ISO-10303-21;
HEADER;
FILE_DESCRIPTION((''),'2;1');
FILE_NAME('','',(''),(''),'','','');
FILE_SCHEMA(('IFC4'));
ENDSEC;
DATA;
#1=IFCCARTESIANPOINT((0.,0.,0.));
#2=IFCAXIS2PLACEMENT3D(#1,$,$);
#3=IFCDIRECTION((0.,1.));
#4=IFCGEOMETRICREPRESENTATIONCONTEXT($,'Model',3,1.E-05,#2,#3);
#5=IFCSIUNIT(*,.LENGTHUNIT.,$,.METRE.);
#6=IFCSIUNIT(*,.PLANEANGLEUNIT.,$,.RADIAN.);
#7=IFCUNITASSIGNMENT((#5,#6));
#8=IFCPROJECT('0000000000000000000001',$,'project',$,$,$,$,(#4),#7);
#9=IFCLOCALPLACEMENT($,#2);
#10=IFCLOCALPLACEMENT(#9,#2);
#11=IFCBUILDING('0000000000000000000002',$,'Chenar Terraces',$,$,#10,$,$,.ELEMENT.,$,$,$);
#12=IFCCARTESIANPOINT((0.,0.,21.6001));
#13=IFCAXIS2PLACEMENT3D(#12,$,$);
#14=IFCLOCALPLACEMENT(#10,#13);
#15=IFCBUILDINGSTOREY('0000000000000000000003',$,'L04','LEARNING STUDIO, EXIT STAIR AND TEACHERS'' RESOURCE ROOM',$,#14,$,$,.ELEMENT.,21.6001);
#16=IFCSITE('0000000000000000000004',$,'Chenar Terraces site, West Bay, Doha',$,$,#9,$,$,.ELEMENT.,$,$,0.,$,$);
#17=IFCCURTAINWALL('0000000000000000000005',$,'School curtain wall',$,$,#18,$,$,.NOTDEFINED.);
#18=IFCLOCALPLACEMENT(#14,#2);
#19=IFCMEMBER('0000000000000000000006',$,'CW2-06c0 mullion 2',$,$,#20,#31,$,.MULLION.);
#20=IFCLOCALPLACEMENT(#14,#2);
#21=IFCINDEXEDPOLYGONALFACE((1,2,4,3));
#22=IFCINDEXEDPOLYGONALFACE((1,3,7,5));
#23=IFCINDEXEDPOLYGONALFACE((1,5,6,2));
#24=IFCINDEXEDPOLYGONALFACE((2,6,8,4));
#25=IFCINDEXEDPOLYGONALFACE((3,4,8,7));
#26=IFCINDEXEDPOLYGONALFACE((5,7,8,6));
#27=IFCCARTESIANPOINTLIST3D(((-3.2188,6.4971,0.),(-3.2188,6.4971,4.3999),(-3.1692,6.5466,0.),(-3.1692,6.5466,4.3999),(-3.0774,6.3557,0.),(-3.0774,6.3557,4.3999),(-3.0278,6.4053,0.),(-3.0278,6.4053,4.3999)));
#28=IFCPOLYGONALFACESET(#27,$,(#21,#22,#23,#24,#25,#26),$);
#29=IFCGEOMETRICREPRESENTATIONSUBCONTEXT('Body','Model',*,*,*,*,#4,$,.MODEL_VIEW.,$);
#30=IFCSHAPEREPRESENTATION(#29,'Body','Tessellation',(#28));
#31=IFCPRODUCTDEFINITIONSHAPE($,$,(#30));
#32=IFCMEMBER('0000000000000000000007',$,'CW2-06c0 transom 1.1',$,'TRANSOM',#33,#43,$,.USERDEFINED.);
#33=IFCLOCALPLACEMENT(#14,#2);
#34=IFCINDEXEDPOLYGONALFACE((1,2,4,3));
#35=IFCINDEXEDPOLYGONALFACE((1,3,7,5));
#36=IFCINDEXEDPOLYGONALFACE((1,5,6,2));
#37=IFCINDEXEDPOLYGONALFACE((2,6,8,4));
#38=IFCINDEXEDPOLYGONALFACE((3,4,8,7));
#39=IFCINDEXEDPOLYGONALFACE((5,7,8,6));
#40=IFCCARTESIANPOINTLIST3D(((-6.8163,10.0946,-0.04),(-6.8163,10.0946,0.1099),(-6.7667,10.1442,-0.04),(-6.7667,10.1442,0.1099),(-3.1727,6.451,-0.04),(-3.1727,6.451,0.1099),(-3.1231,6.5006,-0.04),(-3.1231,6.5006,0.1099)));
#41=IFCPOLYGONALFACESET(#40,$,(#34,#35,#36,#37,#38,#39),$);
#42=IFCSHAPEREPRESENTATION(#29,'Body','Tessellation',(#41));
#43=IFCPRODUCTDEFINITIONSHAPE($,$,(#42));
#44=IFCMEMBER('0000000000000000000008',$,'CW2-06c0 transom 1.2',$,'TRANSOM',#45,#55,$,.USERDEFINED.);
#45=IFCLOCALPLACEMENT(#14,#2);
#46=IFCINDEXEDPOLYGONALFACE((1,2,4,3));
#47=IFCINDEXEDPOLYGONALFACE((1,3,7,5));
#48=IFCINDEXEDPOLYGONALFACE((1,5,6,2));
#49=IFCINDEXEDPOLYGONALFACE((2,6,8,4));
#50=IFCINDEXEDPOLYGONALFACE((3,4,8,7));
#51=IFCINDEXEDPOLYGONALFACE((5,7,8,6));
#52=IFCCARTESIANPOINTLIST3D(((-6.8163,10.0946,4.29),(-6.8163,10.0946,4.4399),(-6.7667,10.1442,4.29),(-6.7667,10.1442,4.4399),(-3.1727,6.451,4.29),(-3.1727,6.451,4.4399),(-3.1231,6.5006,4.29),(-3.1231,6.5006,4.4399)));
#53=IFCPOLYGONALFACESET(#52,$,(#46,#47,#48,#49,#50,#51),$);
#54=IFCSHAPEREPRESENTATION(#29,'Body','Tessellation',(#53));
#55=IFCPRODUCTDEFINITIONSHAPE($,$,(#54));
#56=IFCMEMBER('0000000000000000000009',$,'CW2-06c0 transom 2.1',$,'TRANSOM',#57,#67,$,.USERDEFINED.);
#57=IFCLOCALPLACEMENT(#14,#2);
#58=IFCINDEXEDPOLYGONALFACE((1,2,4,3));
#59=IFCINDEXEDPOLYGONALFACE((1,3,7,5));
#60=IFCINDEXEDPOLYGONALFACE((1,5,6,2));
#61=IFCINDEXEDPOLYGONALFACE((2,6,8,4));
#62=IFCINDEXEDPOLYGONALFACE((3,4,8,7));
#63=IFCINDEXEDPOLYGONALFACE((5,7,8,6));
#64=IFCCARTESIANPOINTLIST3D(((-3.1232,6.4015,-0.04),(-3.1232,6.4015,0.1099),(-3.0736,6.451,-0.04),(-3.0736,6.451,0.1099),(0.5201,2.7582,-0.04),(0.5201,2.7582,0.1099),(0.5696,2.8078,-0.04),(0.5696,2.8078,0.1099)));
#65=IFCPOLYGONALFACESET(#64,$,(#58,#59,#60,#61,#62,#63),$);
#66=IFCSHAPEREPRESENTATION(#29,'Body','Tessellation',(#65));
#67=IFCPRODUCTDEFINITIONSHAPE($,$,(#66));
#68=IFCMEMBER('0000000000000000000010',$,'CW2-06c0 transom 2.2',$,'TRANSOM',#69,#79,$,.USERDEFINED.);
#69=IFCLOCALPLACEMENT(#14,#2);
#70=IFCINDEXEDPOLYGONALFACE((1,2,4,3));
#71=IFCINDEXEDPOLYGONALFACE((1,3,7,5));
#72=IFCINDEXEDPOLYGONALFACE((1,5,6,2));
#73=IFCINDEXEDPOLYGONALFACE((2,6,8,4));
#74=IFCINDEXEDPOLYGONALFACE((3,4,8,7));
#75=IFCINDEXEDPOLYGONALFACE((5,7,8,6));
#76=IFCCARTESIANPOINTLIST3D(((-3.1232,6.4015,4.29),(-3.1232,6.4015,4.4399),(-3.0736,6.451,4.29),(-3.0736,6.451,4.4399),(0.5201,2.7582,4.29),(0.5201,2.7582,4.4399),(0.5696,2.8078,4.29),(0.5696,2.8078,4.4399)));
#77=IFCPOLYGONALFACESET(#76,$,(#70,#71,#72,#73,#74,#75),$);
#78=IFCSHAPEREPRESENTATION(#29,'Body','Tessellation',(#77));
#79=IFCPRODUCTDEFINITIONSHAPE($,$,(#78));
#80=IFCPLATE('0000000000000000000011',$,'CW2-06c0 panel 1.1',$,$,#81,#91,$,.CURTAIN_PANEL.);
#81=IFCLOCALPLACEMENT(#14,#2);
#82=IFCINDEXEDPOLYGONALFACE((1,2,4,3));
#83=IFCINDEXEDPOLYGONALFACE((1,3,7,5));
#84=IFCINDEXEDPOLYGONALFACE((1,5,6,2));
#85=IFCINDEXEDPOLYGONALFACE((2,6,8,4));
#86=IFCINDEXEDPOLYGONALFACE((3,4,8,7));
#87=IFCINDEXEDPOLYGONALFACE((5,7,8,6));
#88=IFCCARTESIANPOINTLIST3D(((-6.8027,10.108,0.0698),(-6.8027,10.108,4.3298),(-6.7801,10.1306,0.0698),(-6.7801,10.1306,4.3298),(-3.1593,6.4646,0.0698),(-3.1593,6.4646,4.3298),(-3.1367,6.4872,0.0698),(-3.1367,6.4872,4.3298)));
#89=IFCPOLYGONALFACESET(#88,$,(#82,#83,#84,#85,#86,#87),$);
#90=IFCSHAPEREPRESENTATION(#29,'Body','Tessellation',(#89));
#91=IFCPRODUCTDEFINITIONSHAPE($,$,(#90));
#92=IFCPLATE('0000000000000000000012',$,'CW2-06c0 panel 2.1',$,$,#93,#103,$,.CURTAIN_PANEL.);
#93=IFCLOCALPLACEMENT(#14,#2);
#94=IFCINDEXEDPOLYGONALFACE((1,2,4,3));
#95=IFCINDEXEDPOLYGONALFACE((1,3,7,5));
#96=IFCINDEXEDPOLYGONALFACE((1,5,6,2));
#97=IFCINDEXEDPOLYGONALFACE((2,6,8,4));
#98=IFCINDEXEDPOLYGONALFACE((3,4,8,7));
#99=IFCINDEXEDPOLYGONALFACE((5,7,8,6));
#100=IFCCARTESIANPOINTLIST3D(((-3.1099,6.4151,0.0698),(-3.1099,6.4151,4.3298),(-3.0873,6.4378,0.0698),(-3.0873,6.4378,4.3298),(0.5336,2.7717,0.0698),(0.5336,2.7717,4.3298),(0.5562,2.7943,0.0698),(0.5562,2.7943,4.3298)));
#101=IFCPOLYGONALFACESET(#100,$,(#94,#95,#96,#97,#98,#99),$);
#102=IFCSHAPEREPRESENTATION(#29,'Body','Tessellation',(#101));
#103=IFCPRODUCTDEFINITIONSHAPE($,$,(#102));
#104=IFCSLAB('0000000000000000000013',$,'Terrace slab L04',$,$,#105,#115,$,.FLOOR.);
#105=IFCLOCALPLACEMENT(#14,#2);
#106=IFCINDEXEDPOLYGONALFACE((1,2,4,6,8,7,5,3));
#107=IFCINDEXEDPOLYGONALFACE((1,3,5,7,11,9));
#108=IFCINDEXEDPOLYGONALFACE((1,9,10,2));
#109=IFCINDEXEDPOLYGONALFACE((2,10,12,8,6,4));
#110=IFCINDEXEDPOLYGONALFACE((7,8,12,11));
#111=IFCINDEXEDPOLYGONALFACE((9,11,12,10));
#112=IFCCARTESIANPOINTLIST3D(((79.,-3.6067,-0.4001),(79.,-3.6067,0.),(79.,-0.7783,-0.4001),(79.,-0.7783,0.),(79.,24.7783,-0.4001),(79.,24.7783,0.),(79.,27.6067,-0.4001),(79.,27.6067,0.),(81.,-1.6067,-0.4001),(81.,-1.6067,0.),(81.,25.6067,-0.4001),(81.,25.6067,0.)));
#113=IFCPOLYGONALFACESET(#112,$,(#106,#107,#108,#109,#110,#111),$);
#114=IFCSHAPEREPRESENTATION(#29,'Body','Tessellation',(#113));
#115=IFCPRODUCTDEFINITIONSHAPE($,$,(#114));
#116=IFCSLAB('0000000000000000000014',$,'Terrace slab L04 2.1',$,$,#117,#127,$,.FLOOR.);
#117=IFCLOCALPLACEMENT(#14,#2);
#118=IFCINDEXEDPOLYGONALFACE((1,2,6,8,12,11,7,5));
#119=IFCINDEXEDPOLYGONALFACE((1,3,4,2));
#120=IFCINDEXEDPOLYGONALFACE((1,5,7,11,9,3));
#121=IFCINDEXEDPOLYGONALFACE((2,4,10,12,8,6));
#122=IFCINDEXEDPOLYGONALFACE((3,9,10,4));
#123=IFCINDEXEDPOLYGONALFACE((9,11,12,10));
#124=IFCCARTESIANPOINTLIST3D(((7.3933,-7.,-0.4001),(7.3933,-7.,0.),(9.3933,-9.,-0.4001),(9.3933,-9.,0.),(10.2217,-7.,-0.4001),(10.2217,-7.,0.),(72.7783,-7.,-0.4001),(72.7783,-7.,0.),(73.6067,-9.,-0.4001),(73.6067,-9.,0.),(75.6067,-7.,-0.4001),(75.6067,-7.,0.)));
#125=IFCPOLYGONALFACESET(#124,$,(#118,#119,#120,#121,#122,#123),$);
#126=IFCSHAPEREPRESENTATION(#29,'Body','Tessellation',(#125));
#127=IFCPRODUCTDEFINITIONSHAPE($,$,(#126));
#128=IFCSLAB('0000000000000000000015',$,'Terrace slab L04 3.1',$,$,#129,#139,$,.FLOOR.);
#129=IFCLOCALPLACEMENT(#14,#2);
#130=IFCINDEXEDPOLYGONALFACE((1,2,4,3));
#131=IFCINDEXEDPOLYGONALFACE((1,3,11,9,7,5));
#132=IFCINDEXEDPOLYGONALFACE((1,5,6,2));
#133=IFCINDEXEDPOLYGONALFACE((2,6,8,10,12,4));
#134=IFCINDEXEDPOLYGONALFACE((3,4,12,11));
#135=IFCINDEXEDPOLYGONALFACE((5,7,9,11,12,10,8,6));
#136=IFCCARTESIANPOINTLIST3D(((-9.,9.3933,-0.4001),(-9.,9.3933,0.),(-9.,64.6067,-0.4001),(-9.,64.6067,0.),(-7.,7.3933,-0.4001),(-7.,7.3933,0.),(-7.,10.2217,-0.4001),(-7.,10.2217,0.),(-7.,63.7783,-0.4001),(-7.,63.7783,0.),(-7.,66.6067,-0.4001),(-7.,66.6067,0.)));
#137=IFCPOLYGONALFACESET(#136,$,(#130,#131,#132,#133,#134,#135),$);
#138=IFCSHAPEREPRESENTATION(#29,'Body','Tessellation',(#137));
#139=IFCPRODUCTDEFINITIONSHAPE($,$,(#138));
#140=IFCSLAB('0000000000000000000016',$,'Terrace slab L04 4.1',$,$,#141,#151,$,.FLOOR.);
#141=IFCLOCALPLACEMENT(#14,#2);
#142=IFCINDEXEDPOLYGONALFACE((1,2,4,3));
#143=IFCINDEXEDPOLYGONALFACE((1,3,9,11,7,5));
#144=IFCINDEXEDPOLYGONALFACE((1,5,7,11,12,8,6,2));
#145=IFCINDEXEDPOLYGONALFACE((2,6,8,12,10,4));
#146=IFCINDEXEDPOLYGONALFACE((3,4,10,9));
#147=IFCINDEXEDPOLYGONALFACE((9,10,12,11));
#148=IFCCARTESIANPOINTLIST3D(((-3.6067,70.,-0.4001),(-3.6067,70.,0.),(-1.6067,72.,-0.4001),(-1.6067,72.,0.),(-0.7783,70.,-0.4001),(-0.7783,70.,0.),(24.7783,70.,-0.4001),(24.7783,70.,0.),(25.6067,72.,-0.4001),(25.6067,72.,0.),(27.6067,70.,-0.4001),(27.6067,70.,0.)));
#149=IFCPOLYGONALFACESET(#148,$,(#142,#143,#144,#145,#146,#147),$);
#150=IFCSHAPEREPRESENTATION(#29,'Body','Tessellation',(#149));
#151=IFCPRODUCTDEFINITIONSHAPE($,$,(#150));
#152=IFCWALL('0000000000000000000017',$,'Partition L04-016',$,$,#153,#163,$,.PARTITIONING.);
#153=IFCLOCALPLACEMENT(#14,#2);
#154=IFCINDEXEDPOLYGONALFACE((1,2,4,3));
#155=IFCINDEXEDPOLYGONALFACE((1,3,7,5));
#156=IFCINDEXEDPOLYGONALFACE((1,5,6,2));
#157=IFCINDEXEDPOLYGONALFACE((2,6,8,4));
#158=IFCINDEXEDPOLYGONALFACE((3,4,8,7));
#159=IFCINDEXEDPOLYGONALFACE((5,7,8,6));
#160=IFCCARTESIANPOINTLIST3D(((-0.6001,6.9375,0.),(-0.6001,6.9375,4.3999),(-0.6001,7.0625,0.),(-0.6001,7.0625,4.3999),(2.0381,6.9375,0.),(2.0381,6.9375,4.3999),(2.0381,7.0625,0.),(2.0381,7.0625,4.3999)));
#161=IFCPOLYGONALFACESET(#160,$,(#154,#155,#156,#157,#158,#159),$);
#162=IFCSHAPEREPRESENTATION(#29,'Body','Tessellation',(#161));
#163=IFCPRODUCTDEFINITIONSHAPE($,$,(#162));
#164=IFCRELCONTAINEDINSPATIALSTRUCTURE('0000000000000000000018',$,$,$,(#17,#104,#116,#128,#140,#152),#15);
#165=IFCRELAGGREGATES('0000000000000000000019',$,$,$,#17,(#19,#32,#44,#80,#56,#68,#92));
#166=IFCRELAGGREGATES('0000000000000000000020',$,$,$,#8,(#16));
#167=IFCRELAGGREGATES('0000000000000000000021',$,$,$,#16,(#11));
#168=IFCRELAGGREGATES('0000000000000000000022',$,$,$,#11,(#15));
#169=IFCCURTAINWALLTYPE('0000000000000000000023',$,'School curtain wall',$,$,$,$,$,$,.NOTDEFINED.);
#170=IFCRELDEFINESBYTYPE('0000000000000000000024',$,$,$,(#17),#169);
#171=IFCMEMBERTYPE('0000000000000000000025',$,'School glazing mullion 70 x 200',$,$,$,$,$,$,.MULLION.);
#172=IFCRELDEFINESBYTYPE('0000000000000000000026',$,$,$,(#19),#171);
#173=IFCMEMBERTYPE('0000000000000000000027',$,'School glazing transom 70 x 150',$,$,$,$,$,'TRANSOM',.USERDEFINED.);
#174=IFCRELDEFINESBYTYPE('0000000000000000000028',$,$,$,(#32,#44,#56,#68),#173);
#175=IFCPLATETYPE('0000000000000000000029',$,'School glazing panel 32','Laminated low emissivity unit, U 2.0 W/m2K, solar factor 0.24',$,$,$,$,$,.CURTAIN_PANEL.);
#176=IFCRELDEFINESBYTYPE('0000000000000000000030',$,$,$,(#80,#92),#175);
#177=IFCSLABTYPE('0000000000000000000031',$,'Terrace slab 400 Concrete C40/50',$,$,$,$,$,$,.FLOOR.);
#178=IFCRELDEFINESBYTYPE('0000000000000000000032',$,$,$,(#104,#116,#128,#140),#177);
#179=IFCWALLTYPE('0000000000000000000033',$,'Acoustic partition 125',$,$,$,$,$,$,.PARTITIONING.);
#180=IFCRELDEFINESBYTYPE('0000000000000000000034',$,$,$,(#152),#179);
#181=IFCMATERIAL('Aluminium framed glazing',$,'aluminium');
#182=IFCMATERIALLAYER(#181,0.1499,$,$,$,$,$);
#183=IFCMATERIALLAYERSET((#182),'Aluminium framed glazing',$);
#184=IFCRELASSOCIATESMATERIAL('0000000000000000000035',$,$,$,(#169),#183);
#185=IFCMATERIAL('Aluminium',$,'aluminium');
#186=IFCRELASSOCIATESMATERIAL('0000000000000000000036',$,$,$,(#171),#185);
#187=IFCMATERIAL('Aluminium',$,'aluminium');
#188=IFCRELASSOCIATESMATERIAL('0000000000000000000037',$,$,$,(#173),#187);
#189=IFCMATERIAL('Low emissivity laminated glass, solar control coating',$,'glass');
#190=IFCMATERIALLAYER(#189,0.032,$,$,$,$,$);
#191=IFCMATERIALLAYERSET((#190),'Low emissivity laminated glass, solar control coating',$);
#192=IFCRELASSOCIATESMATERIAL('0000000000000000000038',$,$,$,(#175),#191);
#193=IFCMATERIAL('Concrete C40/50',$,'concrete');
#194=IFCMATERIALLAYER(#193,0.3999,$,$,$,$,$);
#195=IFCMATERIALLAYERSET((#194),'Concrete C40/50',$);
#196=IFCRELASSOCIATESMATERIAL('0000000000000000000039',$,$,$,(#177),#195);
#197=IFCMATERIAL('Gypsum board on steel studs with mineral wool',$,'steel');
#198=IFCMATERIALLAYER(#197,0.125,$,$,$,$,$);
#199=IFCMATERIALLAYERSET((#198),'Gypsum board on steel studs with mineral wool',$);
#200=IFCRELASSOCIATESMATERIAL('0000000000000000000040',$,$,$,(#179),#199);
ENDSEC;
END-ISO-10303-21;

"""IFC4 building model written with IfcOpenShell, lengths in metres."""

from ifc_helpers import new_model, si_unit, direction, frame, frame_2d, origin, origin_2d, place, context, subcontext, project, spatial, polyline, rectangle, outline, extrude, material, layer, layer_set, material_profile, profile_set, type_object, element, aggregate, save


model = new_model("IFC4")

# Units and contexts
model_context = context("Model", 3, precision=1e-05, world=origin(), true_north=direction((0.0, 1.0)))
body_context = subcontext(model_context, "Body", "Model", "MODEL_VIEW")
ifc_project = project(units=[si_unit("LENGTHUNIT", "METRE"), si_unit("PLANEANGLEUNIT", "RADIAN")], contexts=[model_context])

# Site, building, storey
site_placement = place(None, origin())
site = spatial("IfcSite", under=ifc_project, at=site_placement, Name="Chenar Terraces site, West Bay, Doha", CompositionType="ELEMENT", RefElevation=0.0)
building_placement = place(site_placement, origin())
building = spatial("IfcBuilding", under=site, at=building_placement, Name="Chenar Terraces", CompositionType="ELEMENT")
storey_placement = place(building_placement, frame((0.0, 0.0, 21.6001)))
storey = spatial("IfcBuildingStorey", under=building, at=storey_placement, Name="L04", Description="LEARNING STUDIO, EXIT STAIR AND TEACHERS' RESOURCE ROOM", CompositionType="ELEMENT", Elevation=21.6001)

# Curtain wall, members
ifc_material_1 = material(Name="Aluminium framed glazing", Category="aluminium")
ifc_layer_1 = layer(ifc_material_1, 0.1499)
ifc_layer_set_1 = layer_set([ifc_layer_1], Name="Aluminium framed glazing")
curtain_wall_type = type_object("IfcCurtainWallType", Name="School curtain wall", PredefinedType="NOTDEFINED", material=ifc_layer_set_1)
curtain_wall_placement = place(storey_placement, origin())
curtain_wall = element("IfcCurtainWall", 1, at=curtain_wall_placement, inside=storey, type_object=curtain_wall_type, Name="School curtain wall", PredefinedType="NOTDEFINED")
ifc_material_2 = material(Name="Aluminium", Category="aluminium")
ifc_material_profile_1 = material_profile(ifc_material_2, rectangle(XDim=0.0701, YDim=0.2, at=origin_2d()), Name="School glazing mullion 70 x 200")
ifc_profile_set_1 = profile_set([ifc_material_profile_1], Name="Aluminium")
member_type_1 = type_object("IfcMemberType", Name="School glazing mullion 70 x 200", PredefinedType="MULLION", material=ifc_profile_set_1)
member_1_placement = place(storey_placement, frame((-3.1233, 6.4512, 0.0), z_axis=(0.0, 0.0, 1.0), x_axis=(0.707107, 0.707107, 0.0)))
member_1 = element("IfcMember", 2, at=member_1_placement, type_object=member_type_1, Name="CW2-06c0 mullion 2", PredefinedType="MULLION", context=body_context, shape_type="SweptSolid", body=[
    extrude(rectangle(XDim=0.0701, YDim=0.2, at=origin_2d()), origin(), (0.0, 0.0, 1.0), 4.3999),
])
ifc_material_3 = material(Name="Aluminium", Category="aluminium")
ifc_material_profile_2 = material_profile(ifc_material_3, rectangle(XDim=0.0701, YDim=0.1499, at=origin_2d()), Name="School glazing transom 70 x 150")
ifc_profile_set_2 = profile_set([ifc_material_profile_2], Name="Aluminium")
member_type_2 = type_object("IfcMemberType", Name="School glazing transom 70 x 150", ElementType="TRANSOM", PredefinedType="USERDEFINED", material=ifc_profile_set_2)
member_2_placement = place(storey_placement, frame((-6.7915, 10.1194, 0.0349), z_axis=(0.707107, -0.707107, 0.0), x_axis=(0.707107, 0.707107, 0.0)))
member_2 = element("IfcMember", 3, at=member_2_placement, type_object=member_type_2, Name="CW2-06c0 transom 1.1", ObjectType="TRANSOM", PredefinedType="USERDEFINED", context=body_context, shape_type="SweptSolid", body=[
    extrude(rectangle(XDim=0.0701, YDim=0.1499, at=origin_2d()), origin(), (0.0, 0.0, 1.0), 5.1528),
])
member_3_placement = place(storey_placement, frame((-6.7915, 10.1194, 4.365), z_axis=(0.707107, -0.707107, 0.0), x_axis=(0.707107, 0.707107, 0.0)))
member_3 = element("IfcMember", 4, at=member_3_placement, type_object=member_type_2, Name="CW2-06c0 transom 1.2", ObjectType="TRANSOM", PredefinedType="USERDEFINED", context=body_context, shape_type="SweptSolid", body=[
    extrude(rectangle(XDim=0.0701, YDim=0.1499, at=origin_2d()), origin(), (0.0, 0.0, 1.0), 5.1528),
])
member_4_placement = place(storey_placement, frame((-3.0984, 6.4263, 0.0349), z_axis=(0.707107, -0.707107, 0.0), x_axis=(0.707107, 0.707107, 0.0)))
member_4 = element("IfcMember", 5, at=member_4_placement, type_object=member_type_2, Name="CW2-06c0 transom 2.1", ObjectType="TRANSOM", PredefinedType="USERDEFINED", context=body_context, shape_type="SweptSolid", body=[
    extrude(rectangle(XDim=0.0701, YDim=0.1499, at=origin_2d()), origin(), (0.0, 0.0, 1.0), 5.1523),
])
member_5_placement = place(storey_placement, frame((-3.0984, 6.4263, 4.365), z_axis=(0.707107, -0.707107, 0.0), x_axis=(0.707107, 0.707107, 0.0)))
member_5 = element("IfcMember", 6, at=member_5_placement, type_object=member_type_2, Name="CW2-06c0 transom 2.2", ObjectType="TRANSOM", PredefinedType="USERDEFINED", context=body_context, shape_type="SweptSolid", body=[
    extrude(rectangle(XDim=0.0701, YDim=0.1499, at=origin_2d()), origin(), (0.0, 0.0, 1.0), 5.1523),
])

# Shared definitions
placement = place(storey_placement, frame((0.0, 0.0, -0.4001)))

# Plates
ifc_material_4 = material(Name="Low emissivity laminated glass, solar control coating", Category="glass")
ifc_layer_2 = layer(ifc_material_4, 0.032)
ifc_layer_set_2 = layer_set([ifc_layer_2], Name="Low emissivity laminated glass, solar control coating")
plate_type = type_object("IfcPlateType", Name="School glazing panel 32", Description="Laminated low emissivity unit, U 2.0 W/m2K, solar factor 0.24", PredefinedType="CURTAIN_PANEL", material=ifc_layer_set_2)
plate_1_placement = place(storey_placement, frame((-4.9697, 8.2976, 0.0698), z_axis=(0.0, 0.0, 1.0), x_axis=(0.707107, -0.707107, 0.0)))
plate_1 = element("IfcPlate", 7, at=plate_1_placement, type_object=plate_type, Name="CW2-06c0 panel 1.1", PredefinedType="CURTAIN_PANEL", context=body_context, shape_type="SweptSolid", body=[
    extrude(rectangle(XDim=5.1526, YDim=0.032, at=origin_2d()), origin(), (0.0, 0.0, 1.0), 4.26),
])
plate_2_placement = place(storey_placement, frame((-1.2769, 4.6047, 0.0698), z_axis=(0.0, 0.0, 1.0), x_axis=(0.707107, -0.707107, 0.0)))
plate_2 = element("IfcPlate", 8, at=plate_2_placement, type_object=plate_type, Name="CW2-06c0 panel 2.1", PredefinedType="CURTAIN_PANEL", context=body_context, shape_type="SweptSolid", body=[
    extrude(rectangle(XDim=5.1526, YDim=0.032, at=origin_2d()), origin(), (0.0, 0.0, 1.0), 4.26),
])
aggregate(curtain_wall, [member_1, member_2, member_3, plate_1, member_4, member_5, plate_2])

# Slabs
ifc_material_5 = material(Name="Concrete C40/50", Category="concrete")
ifc_layer_3 = layer(ifc_material_5, 0.3999)
ifc_layer_set_3 = layer_set([ifc_layer_3], Name="Concrete C40/50")
slab_type_1 = type_object("IfcSlabType", Name="Terrace slab 400 Concrete C40/50", PredefinedType="FLOOR", material=ifc_layer_set_3)
element("IfcSlab", 9, at=placement, inside=storey, type_object=slab_type_1, Name="Terrace slab L04", PredefinedType="FLOOR", context=body_context, shape_type="SweptSolid", body=[
    extrude(outline(polyline([(81.0, 25.6067), (81.0, -1.6067), (79.0, -3.6067), (79.0, -0.7783), (79.0, 24.7783), (79.0, 27.6067), (81.0, 25.6067)])), origin(), (0.0, 0.0, 1.0), 0.4001),
])
element("IfcSlab", 10, at=placement, inside=storey, type_object=slab_type_1, Name="Terrace slab L04 2.1", PredefinedType="FLOOR", context=body_context, shape_type="SweptSolid", body=[
    extrude(outline(polyline([(73.6067, -9.0), (9.3933, -9.0), (7.3933, -7.0), (10.2217, -7.0), (72.7783, -7.0), (75.6067, -7.0), (73.6067, -9.0)])), origin(), (0.0, 0.0, 1.0), 0.4001),
])
element("IfcSlab", 11, at=placement, inside=storey, type_object=slab_type_1, Name="Terrace slab L04 3.1", PredefinedType="FLOOR", context=body_context, shape_type="SweptSolid", body=[
    extrude(outline(polyline([(-9.0, 9.3933), (-9.0, 64.6067), (-7.0, 66.6067), (-7.0, 63.7783), (-7.0, 10.2217), (-7.0, 7.3933), (-9.0, 9.3933)])), origin(), (0.0, 0.0, 1.0), 0.4001),
])
element("IfcSlab", 12, at=placement, inside=storey, type_object=slab_type_1, Name="Terrace slab L04 4.1", PredefinedType="FLOOR", context=body_context, shape_type="SweptSolid", body=[
    extrude(outline(polyline([(-1.6067, 72.0), (25.6067, 72.0), (27.6067, 70.0), (24.7783, 70.0), (-0.7783, 70.0), (-3.6067, 70.0), (-1.6067, 72.0)])), origin(), (0.0, 0.0, 1.0), 0.4001),
])

# Wall
ifc_material_6 = material(Name="Gypsum board on steel studs with mineral wool", Category="steel")
ifc_layer_4 = layer(ifc_material_6, 0.125)
ifc_layer_set_4 = layer_set([ifc_layer_4], Name="Gypsum board on steel studs with mineral wool")
wall_type_1 = type_object("IfcWallType", Name="Acoustic partition 125", PredefinedType="PARTITIONING", material=ifc_layer_set_4)
wall_1_placement = place(storey_placement, frame((-0.6001, 7.0, 0.0), z_axis=(0.0, 0.0, 1.0), x_axis=(1.0, 0.0, 0.0)))
element("IfcWall", 13, at=wall_1_placement, inside=storey, type_object=wall_type_1, Name="Partition L04-016", PredefinedType="PARTITIONING", context=body_context, shape_type="SweptSolid", body=[
    extrude(rectangle(XDim=2.6382, YDim=0.125, at=frame_2d((1.3191, 0.0))), origin(), (0.0, 0.0, 1.0), 4.3999),
])

save(model, "model.ifc")
